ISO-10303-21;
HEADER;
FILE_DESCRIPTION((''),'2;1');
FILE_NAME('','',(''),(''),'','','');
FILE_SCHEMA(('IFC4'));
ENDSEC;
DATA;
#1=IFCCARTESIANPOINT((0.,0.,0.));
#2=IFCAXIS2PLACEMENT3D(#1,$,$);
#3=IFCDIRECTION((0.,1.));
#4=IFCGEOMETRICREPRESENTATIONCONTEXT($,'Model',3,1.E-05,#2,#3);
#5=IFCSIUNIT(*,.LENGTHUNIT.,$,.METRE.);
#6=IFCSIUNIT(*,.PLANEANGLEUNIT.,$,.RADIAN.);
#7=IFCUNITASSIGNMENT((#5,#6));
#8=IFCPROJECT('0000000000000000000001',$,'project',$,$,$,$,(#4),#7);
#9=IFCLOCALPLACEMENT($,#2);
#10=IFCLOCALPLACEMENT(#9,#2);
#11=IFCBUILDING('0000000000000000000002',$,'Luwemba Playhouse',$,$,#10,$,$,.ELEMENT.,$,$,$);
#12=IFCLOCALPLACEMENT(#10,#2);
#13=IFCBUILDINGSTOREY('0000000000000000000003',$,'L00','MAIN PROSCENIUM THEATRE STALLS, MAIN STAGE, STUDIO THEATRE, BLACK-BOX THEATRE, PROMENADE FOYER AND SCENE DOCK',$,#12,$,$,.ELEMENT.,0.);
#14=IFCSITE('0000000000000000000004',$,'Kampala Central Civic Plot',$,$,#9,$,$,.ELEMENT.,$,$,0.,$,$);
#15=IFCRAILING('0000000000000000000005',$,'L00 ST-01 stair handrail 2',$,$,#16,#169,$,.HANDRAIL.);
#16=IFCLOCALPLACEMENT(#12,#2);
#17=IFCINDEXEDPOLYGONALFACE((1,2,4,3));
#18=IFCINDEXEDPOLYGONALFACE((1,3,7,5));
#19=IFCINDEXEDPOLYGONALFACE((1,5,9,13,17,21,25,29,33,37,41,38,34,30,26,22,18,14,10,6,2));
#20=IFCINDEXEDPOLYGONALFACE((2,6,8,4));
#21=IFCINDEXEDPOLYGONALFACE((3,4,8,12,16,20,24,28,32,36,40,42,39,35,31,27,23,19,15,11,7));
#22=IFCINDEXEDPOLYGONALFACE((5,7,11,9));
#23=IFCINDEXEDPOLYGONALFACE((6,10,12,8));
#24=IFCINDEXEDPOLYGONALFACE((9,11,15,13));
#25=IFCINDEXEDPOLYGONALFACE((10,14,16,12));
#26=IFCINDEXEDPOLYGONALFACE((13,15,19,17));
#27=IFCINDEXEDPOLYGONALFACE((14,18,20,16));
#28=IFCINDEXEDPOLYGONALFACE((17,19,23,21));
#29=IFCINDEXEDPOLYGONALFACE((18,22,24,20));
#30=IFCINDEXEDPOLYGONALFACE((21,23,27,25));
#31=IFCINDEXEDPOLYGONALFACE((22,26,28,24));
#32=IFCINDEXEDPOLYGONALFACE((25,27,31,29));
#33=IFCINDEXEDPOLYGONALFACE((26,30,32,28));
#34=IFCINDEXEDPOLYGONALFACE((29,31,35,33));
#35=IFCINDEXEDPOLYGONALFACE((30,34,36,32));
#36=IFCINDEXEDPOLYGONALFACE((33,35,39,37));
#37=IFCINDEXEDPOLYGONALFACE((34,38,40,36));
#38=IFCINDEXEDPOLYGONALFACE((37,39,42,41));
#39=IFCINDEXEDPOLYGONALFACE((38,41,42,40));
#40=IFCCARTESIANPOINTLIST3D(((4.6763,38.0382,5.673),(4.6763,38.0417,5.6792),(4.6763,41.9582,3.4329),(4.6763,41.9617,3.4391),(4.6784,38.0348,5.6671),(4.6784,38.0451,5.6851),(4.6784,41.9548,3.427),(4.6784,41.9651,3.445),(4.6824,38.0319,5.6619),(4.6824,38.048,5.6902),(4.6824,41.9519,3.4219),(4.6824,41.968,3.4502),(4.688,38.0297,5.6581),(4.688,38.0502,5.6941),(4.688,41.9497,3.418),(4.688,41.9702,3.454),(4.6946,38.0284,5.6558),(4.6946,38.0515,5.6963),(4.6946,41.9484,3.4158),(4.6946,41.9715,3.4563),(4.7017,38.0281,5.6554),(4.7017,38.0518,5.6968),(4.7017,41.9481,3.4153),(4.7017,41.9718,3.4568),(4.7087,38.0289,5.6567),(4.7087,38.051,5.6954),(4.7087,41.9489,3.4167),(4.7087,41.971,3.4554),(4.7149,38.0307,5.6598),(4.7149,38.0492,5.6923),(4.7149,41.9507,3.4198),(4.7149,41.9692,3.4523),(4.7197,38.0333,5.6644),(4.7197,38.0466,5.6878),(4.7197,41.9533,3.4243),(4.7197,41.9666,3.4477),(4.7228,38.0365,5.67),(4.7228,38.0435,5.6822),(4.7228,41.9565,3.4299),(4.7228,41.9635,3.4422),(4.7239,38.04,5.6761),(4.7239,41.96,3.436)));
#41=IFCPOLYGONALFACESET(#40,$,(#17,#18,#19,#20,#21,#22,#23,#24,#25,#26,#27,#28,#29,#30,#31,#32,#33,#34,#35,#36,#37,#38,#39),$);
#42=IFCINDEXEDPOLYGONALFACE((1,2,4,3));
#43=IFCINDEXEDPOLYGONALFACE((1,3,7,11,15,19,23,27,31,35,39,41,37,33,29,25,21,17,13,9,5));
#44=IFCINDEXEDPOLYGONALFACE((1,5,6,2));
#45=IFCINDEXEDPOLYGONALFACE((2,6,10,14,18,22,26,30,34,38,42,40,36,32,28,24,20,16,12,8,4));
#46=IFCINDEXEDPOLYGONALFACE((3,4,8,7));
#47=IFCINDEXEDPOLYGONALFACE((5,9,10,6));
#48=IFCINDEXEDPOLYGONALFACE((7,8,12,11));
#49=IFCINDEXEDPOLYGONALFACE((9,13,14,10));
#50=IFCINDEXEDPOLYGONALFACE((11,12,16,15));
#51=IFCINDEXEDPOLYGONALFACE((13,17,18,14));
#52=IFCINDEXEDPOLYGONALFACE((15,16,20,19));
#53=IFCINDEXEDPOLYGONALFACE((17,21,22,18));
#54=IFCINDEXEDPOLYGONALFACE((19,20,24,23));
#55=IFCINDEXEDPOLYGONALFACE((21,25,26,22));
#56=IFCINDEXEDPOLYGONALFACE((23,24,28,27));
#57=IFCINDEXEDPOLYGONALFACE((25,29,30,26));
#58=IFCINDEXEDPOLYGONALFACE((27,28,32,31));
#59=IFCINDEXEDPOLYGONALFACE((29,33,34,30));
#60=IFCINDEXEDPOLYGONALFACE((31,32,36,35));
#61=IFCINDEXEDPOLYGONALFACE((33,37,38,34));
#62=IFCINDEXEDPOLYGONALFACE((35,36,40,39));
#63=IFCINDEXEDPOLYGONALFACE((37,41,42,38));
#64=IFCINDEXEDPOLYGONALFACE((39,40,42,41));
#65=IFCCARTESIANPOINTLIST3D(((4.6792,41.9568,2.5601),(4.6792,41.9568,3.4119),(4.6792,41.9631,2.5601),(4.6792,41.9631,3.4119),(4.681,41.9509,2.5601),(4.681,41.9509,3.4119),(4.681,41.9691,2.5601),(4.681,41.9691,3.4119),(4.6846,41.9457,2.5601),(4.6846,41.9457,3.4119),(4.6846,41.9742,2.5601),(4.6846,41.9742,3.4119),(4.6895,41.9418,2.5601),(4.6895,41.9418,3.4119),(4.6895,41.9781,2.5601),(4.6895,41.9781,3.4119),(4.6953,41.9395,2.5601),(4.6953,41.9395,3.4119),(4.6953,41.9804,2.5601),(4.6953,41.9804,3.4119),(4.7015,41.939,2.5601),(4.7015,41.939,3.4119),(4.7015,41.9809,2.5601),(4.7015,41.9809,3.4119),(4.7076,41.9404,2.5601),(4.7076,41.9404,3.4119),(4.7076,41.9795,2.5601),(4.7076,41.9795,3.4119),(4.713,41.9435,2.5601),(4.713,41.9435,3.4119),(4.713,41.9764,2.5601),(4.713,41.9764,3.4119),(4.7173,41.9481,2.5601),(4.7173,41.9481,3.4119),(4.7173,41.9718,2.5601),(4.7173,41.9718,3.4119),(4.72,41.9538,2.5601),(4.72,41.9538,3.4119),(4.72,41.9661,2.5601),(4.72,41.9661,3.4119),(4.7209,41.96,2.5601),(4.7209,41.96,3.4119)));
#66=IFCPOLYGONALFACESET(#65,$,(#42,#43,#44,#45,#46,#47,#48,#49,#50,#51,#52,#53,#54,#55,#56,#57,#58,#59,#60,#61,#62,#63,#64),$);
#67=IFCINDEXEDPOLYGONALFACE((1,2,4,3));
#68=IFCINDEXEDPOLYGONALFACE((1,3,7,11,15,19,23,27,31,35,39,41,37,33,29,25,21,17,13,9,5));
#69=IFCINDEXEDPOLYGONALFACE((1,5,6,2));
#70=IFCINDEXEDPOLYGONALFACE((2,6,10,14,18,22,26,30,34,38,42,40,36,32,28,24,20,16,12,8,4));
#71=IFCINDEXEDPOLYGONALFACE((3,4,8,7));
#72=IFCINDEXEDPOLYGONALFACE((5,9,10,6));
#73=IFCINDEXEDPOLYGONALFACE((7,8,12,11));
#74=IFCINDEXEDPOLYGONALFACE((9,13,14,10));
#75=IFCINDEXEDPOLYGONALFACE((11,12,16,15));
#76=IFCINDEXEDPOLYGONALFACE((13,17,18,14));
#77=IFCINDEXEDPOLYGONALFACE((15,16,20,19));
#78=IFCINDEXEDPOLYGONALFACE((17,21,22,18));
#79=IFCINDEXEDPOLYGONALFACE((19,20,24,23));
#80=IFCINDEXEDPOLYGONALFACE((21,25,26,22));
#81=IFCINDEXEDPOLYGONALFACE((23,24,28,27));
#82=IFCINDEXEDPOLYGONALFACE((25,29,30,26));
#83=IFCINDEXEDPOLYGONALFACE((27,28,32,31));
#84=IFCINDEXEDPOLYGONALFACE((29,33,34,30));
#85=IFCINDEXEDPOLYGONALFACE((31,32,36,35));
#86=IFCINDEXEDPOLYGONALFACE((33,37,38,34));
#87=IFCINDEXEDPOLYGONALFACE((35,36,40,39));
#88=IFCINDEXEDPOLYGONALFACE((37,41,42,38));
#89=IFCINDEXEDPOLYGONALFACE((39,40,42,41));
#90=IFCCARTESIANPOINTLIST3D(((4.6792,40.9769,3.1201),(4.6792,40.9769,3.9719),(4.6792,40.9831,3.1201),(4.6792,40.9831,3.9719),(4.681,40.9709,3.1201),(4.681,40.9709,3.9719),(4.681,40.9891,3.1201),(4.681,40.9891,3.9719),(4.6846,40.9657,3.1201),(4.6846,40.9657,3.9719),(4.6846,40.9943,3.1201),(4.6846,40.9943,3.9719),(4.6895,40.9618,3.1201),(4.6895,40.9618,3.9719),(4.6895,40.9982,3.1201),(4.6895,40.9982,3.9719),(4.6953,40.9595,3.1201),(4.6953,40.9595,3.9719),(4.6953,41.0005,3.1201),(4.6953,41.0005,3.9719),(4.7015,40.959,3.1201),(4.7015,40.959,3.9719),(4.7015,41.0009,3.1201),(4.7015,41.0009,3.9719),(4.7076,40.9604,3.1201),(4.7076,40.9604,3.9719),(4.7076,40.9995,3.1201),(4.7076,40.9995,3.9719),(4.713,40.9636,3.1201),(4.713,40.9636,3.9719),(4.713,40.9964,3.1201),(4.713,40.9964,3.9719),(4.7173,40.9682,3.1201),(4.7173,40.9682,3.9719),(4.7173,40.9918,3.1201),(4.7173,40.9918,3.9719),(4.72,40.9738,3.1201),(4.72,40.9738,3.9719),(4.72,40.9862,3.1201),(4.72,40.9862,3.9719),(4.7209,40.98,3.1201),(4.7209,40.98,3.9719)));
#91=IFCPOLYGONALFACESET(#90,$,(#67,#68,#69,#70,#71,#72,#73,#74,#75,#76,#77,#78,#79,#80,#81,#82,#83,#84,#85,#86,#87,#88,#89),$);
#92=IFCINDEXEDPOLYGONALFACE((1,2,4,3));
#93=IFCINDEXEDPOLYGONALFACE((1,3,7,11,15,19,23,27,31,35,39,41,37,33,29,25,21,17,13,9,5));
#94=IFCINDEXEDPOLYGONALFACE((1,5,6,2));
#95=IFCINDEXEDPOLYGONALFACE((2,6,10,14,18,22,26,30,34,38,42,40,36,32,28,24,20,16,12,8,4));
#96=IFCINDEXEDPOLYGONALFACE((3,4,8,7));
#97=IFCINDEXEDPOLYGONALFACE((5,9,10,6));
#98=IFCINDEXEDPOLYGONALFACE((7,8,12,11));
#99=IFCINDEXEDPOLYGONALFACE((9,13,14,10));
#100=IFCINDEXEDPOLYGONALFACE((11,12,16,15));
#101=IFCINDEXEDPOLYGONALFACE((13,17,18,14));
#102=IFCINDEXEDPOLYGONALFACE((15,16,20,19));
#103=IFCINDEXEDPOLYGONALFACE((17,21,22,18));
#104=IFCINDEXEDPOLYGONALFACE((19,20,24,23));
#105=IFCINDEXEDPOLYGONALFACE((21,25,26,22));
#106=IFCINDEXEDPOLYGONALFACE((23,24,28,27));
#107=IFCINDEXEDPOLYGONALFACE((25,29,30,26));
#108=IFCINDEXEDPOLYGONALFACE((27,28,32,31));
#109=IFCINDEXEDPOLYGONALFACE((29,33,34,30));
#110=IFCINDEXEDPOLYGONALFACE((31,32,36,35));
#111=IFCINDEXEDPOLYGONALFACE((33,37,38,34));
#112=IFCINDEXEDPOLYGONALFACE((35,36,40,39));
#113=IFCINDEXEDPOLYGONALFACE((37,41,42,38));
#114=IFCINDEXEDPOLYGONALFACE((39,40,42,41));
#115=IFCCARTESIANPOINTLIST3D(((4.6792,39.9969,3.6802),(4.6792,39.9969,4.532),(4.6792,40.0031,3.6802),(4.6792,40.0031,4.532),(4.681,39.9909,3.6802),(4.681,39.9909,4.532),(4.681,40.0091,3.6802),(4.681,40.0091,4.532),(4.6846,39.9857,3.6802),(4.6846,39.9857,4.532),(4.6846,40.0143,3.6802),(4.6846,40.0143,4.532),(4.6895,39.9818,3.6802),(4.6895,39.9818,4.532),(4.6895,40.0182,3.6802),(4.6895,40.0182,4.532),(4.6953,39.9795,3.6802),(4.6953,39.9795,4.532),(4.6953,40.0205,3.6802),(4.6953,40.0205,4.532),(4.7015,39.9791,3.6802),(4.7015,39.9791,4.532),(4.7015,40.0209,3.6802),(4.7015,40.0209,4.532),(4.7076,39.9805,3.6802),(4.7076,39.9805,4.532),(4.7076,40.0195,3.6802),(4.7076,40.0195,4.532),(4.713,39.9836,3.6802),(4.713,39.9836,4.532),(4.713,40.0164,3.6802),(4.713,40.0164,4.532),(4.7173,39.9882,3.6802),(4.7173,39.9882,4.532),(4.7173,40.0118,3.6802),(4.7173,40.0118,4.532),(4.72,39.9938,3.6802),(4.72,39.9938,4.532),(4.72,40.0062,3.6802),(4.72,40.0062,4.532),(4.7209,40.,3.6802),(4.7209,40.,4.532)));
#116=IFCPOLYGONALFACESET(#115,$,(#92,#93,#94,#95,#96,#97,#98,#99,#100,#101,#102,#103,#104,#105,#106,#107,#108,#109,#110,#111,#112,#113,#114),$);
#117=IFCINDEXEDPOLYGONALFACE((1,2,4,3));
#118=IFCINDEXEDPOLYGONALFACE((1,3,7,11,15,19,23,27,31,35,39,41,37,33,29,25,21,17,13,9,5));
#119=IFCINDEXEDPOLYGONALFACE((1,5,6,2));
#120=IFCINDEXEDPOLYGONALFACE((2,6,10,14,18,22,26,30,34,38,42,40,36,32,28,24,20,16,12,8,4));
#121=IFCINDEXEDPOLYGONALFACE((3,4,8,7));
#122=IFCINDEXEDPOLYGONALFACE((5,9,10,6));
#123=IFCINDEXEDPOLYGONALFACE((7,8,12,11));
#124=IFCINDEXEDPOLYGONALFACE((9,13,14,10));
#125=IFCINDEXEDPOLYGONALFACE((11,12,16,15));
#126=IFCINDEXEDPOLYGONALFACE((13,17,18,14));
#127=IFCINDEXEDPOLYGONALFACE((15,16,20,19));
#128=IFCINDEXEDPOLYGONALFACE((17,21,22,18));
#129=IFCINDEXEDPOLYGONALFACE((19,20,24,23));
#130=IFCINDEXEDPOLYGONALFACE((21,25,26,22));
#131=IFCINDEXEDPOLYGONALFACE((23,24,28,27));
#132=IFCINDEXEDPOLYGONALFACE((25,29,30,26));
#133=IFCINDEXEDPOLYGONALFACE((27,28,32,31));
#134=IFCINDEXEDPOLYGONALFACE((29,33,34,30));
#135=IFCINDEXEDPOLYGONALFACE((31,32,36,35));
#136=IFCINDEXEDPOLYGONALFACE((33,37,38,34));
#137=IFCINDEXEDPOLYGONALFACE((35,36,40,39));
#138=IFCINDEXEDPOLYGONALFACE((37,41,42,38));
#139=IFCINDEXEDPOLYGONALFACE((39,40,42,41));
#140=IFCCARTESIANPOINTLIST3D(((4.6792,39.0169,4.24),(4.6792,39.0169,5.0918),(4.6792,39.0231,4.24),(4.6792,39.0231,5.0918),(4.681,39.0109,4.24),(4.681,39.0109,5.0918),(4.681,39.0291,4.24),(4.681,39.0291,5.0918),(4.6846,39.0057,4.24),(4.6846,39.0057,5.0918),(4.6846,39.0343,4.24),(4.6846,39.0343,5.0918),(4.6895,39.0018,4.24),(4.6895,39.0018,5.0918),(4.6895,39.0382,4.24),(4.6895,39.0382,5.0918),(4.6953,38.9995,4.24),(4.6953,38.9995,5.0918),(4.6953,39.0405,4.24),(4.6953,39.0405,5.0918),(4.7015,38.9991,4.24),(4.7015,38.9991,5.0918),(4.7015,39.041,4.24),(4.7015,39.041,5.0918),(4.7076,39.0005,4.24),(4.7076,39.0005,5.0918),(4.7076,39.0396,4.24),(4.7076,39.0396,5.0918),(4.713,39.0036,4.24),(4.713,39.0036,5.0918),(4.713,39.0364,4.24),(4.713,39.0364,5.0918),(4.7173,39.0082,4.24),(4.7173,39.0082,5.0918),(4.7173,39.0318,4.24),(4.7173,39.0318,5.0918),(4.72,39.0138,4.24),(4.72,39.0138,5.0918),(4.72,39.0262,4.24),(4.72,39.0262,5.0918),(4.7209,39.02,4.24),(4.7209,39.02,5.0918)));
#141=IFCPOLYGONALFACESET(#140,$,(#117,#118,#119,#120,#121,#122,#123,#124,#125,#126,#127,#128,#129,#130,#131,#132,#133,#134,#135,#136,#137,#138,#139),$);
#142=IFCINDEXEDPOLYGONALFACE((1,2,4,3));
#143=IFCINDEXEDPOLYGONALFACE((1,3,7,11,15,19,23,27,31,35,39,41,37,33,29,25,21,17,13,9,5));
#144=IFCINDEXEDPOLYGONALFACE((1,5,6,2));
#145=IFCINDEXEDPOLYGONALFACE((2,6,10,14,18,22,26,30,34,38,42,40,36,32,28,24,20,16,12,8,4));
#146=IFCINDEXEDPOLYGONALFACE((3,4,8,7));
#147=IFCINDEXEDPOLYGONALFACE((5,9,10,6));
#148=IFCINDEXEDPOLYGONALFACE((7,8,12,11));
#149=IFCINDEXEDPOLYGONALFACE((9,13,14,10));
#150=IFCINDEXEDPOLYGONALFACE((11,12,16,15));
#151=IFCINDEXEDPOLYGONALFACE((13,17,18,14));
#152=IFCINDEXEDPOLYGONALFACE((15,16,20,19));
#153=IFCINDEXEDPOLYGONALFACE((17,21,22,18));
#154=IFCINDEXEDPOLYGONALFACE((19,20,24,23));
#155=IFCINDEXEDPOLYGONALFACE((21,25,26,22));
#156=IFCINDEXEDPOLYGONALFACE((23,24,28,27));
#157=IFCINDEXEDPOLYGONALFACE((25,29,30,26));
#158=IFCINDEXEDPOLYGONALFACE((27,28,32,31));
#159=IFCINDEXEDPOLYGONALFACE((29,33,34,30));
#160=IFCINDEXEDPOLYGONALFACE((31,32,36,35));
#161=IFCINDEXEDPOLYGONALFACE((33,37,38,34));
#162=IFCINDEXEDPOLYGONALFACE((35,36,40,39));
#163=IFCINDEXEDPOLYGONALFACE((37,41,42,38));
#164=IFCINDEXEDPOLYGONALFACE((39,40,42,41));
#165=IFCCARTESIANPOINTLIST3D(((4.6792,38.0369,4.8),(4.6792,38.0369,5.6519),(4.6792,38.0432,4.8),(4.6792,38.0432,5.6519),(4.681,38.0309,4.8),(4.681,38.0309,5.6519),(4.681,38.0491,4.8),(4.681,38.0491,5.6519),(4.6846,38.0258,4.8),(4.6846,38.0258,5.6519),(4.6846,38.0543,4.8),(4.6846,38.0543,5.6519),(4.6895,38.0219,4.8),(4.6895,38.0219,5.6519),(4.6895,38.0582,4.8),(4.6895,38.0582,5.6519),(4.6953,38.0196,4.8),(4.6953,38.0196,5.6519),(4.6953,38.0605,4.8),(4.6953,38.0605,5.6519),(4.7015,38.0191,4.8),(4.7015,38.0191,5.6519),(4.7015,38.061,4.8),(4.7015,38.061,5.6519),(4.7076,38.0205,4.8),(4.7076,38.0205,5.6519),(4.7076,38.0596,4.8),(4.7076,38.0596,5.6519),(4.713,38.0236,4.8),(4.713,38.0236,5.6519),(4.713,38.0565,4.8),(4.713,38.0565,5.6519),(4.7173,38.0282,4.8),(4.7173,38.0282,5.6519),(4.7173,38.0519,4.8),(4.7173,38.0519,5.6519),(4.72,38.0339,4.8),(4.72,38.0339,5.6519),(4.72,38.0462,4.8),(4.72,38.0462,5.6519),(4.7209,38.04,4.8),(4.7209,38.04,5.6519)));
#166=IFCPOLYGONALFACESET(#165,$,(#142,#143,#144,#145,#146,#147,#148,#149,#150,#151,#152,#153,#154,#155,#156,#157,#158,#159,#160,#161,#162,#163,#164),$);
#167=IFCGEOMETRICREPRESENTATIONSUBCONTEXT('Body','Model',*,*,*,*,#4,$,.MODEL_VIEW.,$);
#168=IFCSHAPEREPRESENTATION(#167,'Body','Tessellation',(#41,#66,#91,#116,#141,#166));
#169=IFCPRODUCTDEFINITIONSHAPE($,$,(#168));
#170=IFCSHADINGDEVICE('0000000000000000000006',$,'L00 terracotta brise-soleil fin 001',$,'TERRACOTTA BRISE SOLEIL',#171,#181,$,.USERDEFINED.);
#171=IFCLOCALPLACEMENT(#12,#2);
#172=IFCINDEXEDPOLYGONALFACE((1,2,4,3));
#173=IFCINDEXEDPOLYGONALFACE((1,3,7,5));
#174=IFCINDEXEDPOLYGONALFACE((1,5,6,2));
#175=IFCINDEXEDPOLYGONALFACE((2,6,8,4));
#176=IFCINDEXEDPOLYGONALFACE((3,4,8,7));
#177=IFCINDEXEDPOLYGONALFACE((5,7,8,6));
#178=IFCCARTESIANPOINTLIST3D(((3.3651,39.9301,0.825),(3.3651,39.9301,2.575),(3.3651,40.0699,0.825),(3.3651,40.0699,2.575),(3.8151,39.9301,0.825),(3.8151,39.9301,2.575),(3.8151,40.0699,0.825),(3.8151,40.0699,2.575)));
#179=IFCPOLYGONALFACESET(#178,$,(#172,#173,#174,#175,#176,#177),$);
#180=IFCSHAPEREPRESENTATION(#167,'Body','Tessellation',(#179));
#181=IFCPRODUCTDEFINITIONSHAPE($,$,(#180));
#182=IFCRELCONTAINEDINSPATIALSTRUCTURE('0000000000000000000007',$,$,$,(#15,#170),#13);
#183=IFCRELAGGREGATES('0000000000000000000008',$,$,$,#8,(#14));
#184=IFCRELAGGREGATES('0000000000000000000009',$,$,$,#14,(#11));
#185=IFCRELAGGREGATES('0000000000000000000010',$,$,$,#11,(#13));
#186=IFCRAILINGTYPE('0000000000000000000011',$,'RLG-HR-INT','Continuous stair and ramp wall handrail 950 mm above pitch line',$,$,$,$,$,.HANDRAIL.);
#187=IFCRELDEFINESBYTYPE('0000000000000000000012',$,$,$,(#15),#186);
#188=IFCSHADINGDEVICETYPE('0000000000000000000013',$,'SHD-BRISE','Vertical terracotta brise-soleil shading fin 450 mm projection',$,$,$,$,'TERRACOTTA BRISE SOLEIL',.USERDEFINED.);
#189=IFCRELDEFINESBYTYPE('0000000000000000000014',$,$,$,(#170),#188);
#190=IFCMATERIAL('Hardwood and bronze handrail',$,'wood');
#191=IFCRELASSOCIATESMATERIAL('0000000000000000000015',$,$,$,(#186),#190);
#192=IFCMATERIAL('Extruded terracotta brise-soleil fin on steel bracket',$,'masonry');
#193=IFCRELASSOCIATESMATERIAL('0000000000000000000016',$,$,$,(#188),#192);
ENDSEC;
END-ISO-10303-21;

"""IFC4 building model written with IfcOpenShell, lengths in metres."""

from ifc_helpers import new_model, si_unit, direction, frame, origin, origin_2d, place, context, subcontext, project, spatial, rectangle, circle, extrude, material, type_object, element, save


model = new_model("IFC4")

# Units and contexts
model_context = context("Model", 3, precision=1e-05, world=origin(), true_north=direction((0.0, 1.0)))
body_context = subcontext(model_context, "Body", "Model", "MODEL_VIEW")
ifc_project = project(units=[si_unit("LENGTHUNIT", "METRE"), si_unit("PLANEANGLEUNIT", "RADIAN")], contexts=[model_context])

# Site, building, storey
site_placement = place(None, origin())
site = spatial("IfcSite", under=ifc_project, at=site_placement, Name="Kampala Central Civic Plot", CompositionType="ELEMENT", RefElevation=0.0)
building_placement = place(site_placement, origin())
building = spatial("IfcBuilding", under=site, at=building_placement, Name="Luwemba Playhouse", CompositionType="ELEMENT")
storey_placement = place(building_placement, origin())
storey = spatial("IfcBuildingStorey", under=building, at=storey_placement, Name="L00", Description="MAIN PROSCENIUM THEATRE STALLS, MAIN STAGE, STUDIO THEATRE, BLACK-BOX THEATRE, PROMENADE FOYER AND SCENE DOCK", CompositionType="ELEMENT", Elevation=0.0)

# Railing
ifc_material_1 = material(Name="Hardwood and bronze handrail", Category="wood")
railing_type_1 = type_object("IfcRailingType", Name="RLG-HR-INT", Description="Continuous stair and ramp wall handrail 950 mm above pitch line", PredefinedType="HANDRAIL", material=ifc_material_1)
railing_1_placement = place(storey_placement, frame((4.7, 41.96, 2.5601)))
element("IfcRailing", 1, at=railing_1_placement, inside=storey, type_object=railing_type_1, Name="L00 ST-01 stair handrail 2", PredefinedType="HANDRAIL", context=body_context, shape_type="SweptSolid", body=[
    extrude(circle(Radius=0.0239, at=origin_2d()), frame((0.0, 0.0, 0.876), z_axis=(0.0, -0.86824, 0.496145), x_axis=(1.0, 0.0, 0.0)), (0.0, 0.0, 1.0), 4.5149),
    extrude(circle(Radius=0.021, at=origin_2d()), origin(), (0.0, 0.0, 1.0), 0.8518),
    extrude(circle(Radius=0.021, at=origin_2d()), frame((0.0, -0.98, 0.5601)), (0.0, 0.0, 1.0), 0.8518),
    extrude(circle(Radius=0.021, at=origin_2d()), frame((0.0, -1.96, 1.1201)), (0.0, 0.0, 1.0), 0.8518),
    extrude(circle(Radius=0.021, at=origin_2d()), frame((0.0, -2.9399, 1.6799)), (0.0, 0.0, 1.0), 0.8518),
    extrude(circle(Radius=0.021, at=origin_2d()), frame((0.0, -3.9199, 2.24)), (0.0, 0.0, 1.0), 0.8518),
])

# Shading device
ifc_material_2 = material(Name="Extruded terracotta brise-soleil fin on steel bracket", Category="masonry")
shading_device_type = type_object("IfcShadingDeviceType", Name="SHD-BRISE", Description="Vertical terracotta brise-soleil shading fin 450 mm projection", ElementType="TERRACOTTA BRISE SOLEIL", PredefinedType="USERDEFINED", material=ifc_material_2)
shading_device_placement = place(storey_placement, frame((3.5901, 40.0, 0.825), z_axis=(0.0, 0.0, 1.0), x_axis=(0.0, 1.0, 0.0)))
element("IfcShadingDevice", 2, at=shading_device_placement, inside=storey, type_object=shading_device_type, Name="L00 terracotta brise-soleil fin 001", ObjectType="TERRACOTTA BRISE SOLEIL", PredefinedType="USERDEFINED", context=body_context, shape_type="SweptSolid", body=[
    extrude(rectangle(XDim=0.1399, YDim=0.45, at=origin_2d()), origin(), (0.0, 0.0, 1.0), 1.75),
])

save(model, "model.ifc")
